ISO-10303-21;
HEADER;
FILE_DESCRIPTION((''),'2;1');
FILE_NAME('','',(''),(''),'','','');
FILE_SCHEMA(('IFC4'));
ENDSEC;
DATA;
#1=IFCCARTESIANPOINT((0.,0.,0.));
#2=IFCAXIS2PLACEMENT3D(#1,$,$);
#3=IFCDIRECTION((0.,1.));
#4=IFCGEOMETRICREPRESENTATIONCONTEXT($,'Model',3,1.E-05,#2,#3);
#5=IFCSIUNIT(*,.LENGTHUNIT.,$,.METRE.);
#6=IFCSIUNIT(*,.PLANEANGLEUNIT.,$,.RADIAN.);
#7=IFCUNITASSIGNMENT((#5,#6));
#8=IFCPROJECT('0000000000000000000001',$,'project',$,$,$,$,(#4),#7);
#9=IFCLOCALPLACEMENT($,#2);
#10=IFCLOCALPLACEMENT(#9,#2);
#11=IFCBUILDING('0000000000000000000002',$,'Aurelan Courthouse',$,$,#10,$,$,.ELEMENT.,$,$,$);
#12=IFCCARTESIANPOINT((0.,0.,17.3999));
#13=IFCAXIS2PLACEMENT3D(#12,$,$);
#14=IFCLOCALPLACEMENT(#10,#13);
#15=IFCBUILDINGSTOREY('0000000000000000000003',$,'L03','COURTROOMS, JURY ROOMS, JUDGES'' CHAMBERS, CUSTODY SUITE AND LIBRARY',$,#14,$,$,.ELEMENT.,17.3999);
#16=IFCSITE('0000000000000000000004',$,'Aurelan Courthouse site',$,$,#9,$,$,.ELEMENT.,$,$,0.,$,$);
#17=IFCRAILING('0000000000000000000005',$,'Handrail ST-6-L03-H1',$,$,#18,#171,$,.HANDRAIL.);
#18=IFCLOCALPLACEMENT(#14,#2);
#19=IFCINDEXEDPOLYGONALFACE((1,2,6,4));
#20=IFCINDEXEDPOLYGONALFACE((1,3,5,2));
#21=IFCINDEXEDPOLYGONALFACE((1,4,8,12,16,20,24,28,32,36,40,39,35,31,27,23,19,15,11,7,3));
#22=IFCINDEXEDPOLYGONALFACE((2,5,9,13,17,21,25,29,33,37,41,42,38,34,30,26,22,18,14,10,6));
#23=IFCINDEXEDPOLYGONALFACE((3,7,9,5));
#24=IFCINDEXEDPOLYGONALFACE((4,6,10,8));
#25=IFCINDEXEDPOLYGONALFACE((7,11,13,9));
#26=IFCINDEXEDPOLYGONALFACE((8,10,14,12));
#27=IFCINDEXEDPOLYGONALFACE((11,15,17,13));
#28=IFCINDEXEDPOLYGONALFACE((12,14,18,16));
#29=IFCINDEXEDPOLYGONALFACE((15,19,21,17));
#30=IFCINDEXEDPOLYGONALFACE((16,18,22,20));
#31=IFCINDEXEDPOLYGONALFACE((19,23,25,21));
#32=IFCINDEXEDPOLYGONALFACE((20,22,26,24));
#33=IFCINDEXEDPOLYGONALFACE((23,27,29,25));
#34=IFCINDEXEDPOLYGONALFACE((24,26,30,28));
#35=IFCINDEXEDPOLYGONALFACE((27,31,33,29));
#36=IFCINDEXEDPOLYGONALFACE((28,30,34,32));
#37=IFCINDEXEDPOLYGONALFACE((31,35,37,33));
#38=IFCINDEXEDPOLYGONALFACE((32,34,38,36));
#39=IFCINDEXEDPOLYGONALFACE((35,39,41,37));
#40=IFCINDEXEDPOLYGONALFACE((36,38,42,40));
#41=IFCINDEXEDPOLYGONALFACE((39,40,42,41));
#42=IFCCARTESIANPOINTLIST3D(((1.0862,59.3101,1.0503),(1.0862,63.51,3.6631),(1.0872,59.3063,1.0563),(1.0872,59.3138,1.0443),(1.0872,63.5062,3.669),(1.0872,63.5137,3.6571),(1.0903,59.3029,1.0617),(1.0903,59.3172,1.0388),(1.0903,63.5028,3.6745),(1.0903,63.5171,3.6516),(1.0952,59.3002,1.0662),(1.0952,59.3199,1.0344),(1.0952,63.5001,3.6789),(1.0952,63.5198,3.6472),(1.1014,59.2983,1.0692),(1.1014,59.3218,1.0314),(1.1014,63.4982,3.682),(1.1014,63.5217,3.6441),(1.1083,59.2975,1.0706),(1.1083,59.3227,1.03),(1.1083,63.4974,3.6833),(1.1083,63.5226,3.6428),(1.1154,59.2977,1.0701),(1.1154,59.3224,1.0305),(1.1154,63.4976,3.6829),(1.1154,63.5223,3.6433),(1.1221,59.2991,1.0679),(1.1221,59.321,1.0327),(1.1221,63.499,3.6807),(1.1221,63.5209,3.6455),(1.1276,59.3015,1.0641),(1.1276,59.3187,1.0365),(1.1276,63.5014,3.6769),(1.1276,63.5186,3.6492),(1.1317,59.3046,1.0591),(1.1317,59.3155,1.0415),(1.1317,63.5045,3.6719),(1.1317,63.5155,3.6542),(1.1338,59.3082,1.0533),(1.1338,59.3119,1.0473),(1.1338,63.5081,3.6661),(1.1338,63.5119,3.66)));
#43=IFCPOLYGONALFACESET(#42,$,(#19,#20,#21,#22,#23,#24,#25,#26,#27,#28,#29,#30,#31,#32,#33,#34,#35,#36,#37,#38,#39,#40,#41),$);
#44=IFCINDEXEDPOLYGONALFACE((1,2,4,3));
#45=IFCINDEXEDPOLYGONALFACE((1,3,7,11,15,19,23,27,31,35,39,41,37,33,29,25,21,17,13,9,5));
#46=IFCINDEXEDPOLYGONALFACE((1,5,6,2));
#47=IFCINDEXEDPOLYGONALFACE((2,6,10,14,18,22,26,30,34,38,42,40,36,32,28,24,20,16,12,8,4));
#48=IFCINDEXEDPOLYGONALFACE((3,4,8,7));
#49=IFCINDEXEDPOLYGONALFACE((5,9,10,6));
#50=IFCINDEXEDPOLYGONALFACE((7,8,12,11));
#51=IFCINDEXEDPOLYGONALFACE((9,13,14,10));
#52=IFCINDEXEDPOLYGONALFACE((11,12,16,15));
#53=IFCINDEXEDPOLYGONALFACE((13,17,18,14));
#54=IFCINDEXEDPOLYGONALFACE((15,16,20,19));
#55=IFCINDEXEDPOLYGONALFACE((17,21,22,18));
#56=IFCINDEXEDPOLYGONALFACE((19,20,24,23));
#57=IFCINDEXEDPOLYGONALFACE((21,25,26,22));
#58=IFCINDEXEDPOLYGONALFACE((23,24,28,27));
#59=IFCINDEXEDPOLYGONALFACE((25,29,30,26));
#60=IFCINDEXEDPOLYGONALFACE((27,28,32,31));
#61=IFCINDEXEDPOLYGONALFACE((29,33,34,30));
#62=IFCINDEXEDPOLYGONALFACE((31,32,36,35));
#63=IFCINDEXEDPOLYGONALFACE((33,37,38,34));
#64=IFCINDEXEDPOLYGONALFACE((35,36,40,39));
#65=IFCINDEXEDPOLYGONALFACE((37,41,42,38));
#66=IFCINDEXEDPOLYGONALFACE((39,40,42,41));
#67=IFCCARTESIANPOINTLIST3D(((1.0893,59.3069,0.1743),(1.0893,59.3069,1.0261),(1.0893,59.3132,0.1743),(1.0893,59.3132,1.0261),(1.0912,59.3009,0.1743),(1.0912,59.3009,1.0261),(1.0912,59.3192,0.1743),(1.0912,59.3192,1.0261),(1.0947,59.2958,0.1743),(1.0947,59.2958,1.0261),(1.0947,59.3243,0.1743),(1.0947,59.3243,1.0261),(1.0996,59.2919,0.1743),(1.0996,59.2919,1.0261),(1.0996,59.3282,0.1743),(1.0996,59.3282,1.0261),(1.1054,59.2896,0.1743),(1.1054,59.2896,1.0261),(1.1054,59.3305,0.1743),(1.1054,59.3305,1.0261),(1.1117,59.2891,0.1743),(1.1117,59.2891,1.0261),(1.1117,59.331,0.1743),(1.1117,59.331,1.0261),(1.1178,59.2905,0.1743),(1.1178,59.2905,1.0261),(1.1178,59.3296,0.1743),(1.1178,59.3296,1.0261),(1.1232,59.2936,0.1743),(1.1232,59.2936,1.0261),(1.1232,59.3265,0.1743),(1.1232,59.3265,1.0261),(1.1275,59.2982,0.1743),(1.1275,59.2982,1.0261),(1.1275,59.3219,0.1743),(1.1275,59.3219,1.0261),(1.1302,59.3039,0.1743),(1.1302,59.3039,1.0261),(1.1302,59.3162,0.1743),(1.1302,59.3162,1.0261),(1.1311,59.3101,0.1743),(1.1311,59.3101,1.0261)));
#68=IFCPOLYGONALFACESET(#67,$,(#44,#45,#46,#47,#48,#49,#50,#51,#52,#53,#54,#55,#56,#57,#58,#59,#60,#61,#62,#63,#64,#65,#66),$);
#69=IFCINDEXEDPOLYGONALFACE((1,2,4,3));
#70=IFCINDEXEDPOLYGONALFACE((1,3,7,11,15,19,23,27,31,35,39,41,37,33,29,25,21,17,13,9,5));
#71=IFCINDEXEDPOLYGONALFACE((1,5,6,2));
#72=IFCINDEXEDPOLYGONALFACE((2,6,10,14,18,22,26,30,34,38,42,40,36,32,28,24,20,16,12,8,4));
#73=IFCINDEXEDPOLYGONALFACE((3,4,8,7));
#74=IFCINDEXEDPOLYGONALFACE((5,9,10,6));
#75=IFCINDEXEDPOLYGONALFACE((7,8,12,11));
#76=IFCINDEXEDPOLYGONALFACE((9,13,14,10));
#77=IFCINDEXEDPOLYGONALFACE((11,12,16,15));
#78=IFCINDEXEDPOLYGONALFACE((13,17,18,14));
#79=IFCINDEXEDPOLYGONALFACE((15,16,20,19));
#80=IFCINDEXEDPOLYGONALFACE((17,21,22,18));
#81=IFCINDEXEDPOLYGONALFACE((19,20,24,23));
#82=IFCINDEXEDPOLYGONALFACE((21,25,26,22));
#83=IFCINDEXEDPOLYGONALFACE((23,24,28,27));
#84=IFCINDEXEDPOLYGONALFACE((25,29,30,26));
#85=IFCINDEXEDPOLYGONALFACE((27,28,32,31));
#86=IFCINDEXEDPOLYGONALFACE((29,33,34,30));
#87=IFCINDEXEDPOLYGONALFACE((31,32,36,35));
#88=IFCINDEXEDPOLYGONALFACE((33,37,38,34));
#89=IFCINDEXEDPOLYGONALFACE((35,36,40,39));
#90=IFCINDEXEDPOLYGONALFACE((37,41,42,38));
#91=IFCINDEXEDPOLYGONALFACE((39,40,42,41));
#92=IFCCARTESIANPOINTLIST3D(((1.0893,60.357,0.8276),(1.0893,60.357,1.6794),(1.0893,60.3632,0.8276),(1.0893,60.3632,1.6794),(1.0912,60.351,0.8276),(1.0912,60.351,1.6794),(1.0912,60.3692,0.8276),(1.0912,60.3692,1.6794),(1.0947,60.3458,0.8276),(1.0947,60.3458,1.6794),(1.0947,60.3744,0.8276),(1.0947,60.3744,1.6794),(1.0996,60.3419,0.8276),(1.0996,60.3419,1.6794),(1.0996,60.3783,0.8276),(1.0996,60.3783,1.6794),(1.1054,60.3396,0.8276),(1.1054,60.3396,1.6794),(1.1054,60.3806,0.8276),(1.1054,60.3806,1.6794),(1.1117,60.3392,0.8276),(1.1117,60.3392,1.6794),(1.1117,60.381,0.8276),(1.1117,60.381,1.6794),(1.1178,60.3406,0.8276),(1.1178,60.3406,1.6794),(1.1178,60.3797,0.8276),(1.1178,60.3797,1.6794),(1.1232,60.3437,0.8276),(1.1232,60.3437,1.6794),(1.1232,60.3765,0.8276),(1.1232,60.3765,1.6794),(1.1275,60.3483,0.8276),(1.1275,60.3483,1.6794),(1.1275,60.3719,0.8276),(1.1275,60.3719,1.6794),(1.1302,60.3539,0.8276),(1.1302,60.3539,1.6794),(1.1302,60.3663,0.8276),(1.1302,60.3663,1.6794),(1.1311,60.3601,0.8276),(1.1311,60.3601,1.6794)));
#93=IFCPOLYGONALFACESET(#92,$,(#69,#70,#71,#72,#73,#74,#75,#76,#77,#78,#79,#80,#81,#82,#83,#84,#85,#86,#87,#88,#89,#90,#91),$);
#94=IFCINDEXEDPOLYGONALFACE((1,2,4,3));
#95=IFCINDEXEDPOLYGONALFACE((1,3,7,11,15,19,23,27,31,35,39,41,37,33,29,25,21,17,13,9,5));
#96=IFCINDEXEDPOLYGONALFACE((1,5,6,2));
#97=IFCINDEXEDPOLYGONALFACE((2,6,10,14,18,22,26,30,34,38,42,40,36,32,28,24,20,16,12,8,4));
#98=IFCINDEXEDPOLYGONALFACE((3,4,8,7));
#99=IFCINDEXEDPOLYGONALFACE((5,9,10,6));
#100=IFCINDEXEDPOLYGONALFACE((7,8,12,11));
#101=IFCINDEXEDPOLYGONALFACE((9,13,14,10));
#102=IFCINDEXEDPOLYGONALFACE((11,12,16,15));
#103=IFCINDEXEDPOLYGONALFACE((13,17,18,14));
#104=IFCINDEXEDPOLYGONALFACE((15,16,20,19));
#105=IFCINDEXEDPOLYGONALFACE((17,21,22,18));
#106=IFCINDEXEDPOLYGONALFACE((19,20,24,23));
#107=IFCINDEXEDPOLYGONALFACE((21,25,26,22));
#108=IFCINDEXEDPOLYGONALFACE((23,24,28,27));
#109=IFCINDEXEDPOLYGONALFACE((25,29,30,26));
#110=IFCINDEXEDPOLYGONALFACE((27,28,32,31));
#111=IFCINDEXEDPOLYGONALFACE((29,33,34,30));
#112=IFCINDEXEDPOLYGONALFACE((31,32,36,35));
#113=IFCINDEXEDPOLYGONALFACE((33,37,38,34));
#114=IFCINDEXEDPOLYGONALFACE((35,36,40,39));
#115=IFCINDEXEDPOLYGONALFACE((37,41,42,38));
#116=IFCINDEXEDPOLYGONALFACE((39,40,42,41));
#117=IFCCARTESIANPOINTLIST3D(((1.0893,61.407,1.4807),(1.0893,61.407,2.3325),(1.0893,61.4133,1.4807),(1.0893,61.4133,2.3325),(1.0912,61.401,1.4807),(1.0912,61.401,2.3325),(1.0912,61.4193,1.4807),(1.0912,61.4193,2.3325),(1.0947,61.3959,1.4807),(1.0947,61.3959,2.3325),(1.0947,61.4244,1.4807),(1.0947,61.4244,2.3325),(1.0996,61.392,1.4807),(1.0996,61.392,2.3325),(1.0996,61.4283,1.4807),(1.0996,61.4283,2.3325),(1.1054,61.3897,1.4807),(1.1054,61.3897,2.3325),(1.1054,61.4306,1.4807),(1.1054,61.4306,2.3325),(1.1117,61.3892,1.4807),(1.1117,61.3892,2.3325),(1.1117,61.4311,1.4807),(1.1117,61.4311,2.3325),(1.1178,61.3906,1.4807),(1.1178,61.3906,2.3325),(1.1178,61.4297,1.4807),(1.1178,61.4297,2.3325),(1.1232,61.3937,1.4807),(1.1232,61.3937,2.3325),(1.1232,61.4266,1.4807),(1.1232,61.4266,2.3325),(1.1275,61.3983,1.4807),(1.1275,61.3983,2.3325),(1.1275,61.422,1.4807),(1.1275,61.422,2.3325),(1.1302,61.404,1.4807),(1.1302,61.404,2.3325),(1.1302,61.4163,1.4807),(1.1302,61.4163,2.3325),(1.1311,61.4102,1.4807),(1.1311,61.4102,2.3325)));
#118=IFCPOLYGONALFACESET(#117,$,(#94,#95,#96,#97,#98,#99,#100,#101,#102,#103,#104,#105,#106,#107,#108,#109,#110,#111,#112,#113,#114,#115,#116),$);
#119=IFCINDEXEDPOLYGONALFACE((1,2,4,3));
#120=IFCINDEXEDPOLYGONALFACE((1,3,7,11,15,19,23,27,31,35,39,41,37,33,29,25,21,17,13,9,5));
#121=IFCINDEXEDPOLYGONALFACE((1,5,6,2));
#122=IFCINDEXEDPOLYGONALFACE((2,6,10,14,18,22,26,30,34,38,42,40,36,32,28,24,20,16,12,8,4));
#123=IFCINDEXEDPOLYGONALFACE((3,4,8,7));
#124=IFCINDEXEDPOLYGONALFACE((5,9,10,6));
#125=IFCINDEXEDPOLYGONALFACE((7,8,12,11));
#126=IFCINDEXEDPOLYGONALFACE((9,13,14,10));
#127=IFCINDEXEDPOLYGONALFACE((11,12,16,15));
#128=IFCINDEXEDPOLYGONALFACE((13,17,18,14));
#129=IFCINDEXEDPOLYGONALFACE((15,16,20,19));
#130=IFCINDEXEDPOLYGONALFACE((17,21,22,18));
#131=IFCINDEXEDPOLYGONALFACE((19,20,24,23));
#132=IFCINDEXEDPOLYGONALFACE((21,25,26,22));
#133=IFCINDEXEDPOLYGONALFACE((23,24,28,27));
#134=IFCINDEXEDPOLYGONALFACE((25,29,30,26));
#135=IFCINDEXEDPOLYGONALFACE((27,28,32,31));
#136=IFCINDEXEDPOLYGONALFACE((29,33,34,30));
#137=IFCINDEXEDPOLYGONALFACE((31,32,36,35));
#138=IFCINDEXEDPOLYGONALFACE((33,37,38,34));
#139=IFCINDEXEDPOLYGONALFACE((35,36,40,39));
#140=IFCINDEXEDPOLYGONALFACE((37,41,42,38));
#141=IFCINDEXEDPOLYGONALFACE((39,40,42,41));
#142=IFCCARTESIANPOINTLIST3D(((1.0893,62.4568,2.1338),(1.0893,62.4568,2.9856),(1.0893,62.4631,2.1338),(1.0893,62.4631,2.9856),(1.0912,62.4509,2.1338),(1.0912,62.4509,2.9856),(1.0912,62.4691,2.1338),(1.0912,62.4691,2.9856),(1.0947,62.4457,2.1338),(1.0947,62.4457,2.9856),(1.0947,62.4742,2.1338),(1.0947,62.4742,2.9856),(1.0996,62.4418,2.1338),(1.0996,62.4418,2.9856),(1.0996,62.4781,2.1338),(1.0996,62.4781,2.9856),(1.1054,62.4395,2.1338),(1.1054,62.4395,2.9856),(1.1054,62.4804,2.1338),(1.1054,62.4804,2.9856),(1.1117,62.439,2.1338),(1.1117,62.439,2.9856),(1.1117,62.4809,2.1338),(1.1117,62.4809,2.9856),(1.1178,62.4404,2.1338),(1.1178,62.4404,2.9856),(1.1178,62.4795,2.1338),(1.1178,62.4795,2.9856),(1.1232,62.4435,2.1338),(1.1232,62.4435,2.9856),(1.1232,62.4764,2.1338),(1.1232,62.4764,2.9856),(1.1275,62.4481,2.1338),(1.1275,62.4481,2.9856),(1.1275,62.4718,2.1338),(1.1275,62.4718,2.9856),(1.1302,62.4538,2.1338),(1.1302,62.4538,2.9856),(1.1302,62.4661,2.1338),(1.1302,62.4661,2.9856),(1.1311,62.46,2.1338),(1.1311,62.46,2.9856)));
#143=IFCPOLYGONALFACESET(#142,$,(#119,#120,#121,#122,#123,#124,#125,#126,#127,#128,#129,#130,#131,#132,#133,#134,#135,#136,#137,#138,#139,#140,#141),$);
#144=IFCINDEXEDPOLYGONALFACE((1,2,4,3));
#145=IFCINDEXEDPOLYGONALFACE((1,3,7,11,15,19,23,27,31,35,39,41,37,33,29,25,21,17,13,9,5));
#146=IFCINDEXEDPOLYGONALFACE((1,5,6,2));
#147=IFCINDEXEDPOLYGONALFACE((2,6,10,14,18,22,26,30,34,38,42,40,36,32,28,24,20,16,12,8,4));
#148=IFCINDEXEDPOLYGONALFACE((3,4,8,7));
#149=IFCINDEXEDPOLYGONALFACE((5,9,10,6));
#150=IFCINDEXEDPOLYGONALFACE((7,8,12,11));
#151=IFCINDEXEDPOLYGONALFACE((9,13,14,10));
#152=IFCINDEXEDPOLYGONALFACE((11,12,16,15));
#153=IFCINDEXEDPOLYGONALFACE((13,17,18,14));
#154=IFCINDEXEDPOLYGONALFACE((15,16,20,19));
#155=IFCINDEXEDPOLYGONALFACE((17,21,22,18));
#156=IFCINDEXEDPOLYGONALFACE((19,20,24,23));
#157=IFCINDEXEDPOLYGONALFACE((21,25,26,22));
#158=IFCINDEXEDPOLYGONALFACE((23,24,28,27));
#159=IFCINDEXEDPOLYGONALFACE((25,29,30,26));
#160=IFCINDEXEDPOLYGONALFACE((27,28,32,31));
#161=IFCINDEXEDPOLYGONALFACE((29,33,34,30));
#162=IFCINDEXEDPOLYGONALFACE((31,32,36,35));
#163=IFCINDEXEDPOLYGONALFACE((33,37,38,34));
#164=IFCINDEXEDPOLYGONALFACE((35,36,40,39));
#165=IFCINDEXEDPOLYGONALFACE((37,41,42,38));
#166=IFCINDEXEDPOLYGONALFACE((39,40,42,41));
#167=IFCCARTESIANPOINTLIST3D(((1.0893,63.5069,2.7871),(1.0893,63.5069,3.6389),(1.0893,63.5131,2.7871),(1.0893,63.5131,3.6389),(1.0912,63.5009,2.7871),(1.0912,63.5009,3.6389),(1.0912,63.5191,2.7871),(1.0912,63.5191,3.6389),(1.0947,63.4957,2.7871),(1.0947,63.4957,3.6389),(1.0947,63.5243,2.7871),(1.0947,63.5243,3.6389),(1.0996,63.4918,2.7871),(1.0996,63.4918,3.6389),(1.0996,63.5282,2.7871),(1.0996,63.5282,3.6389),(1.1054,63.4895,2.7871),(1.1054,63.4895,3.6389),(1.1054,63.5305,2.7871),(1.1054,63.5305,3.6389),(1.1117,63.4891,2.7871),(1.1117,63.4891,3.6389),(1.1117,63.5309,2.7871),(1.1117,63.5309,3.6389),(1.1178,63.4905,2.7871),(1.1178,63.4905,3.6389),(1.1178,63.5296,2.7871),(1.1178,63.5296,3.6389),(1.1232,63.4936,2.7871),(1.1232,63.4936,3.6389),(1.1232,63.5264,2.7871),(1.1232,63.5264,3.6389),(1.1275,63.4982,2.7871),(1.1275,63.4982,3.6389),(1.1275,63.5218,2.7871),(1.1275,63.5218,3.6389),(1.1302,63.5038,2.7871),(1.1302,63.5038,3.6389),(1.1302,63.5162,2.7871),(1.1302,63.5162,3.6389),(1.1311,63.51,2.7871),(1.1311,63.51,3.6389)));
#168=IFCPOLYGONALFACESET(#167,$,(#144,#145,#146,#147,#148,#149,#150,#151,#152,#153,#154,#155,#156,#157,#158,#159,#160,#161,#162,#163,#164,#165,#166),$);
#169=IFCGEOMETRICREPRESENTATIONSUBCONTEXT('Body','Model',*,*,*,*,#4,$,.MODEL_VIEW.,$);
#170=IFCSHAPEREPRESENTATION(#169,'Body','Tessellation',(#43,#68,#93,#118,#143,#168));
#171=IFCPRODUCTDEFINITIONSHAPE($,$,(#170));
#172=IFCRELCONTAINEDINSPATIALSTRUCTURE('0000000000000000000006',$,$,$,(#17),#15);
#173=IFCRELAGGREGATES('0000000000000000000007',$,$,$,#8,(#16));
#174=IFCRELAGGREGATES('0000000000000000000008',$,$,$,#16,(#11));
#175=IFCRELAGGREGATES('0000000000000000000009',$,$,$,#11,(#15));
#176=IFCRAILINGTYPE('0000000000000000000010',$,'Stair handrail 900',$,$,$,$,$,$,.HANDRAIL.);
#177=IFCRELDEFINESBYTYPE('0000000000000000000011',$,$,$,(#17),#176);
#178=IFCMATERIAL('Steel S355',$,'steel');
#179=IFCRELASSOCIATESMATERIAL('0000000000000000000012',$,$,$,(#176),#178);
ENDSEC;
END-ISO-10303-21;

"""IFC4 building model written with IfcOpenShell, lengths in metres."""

from ifc_helpers import new_model, si_unit, direction, frame, origin, origin_2d, place, context, subcontext, project, spatial, circle, extrude, material, type_object, element, save


model = new_model("IFC4")

# Units and contexts
model_context = context("Model", 3, precision=1e-05, world=origin(), true_north=direction((0.0, 1.0)))
body_context = subcontext(model_context, "Body", "Model", "MODEL_VIEW")
ifc_project = project(units=[si_unit("LENGTHUNIT", "METRE"), si_unit("PLANEANGLEUNIT", "RADIAN")], contexts=[model_context])

# Site, building, storey
site_placement = place(None, origin())
site = spatial("IfcSite", under=ifc_project, at=site_placement, Name="Aurelan Courthouse site", CompositionType="ELEMENT", RefElevation=0.0)
building_placement = place(site_placement, origin())
building = spatial("IfcBuilding", under=site, at=building_placement, Name="Aurelan Courthouse", CompositionType="ELEMENT")
storey_placement = place(building_placement, frame((0.0, 0.0, 17.3999)))
storey = spatial("IfcBuildingStorey", under=building, at=storey_placement, Name="L03", Description="COURTROOMS, JURY ROOMS, JUDGES' CHAMBERS, CUSTODY SUITE AND LIBRARY", CompositionType="ELEMENT", Elevation=17.3999)

# Shared definitions
ifc_material_1 = material(Name="Steel S355", Category="steel")

# Railing
railing_type_1 = type_object("IfcRailingType", Name="Stair handrail 900", PredefinedType="HANDRAIL", material=ifc_material_1)
for number, where, name in (
    (1, (1.1101, 59.3101, 0.1743), "Handrail ST-6-L03-H1"),
):
    element("IfcRailing", number, at=place(storey_placement, frame(where)), inside=storey, type_object=railing_type_1, Name=name, PredefinedType="HANDRAIL", context=body_context, shape_type="SweptSolid", body=[
        extrude(circle(Radius=0.0239, at=origin_2d()), frame((0.0, 0.0, 0.876), z_axis=(0.0, 0.849103, 0.528228), x_axis=(-1.0, 0.0, 0.0)), (0.0, 0.0, 1.0), 4.9463),
        extrude(circle(Radius=0.021, at=origin_2d()), origin(), (0.0, 0.0, 1.0), 0.8518),
        extrude(circle(Radius=0.021, at=origin_2d()), frame((0.0, 1.05, 0.6533)), (0.0, 0.0, 1.0), 0.8518),
        extrude(circle(Radius=0.021, at=origin_2d()), frame((0.0, 2.1001, 1.3064)), (0.0, 0.0, 1.0), 0.8518),
        extrude(circle(Radius=0.021, at=origin_2d()), frame((0.0, 3.1499, 1.9595)), (0.0, 0.0, 1.0), 0.8518),
        extrude(circle(Radius=0.021, at=origin_2d()), frame((0.0, 4.2, 2.6128)), (0.0, 0.0, 1.0), 0.8518),
    ])

save(model, "model.ifc")
